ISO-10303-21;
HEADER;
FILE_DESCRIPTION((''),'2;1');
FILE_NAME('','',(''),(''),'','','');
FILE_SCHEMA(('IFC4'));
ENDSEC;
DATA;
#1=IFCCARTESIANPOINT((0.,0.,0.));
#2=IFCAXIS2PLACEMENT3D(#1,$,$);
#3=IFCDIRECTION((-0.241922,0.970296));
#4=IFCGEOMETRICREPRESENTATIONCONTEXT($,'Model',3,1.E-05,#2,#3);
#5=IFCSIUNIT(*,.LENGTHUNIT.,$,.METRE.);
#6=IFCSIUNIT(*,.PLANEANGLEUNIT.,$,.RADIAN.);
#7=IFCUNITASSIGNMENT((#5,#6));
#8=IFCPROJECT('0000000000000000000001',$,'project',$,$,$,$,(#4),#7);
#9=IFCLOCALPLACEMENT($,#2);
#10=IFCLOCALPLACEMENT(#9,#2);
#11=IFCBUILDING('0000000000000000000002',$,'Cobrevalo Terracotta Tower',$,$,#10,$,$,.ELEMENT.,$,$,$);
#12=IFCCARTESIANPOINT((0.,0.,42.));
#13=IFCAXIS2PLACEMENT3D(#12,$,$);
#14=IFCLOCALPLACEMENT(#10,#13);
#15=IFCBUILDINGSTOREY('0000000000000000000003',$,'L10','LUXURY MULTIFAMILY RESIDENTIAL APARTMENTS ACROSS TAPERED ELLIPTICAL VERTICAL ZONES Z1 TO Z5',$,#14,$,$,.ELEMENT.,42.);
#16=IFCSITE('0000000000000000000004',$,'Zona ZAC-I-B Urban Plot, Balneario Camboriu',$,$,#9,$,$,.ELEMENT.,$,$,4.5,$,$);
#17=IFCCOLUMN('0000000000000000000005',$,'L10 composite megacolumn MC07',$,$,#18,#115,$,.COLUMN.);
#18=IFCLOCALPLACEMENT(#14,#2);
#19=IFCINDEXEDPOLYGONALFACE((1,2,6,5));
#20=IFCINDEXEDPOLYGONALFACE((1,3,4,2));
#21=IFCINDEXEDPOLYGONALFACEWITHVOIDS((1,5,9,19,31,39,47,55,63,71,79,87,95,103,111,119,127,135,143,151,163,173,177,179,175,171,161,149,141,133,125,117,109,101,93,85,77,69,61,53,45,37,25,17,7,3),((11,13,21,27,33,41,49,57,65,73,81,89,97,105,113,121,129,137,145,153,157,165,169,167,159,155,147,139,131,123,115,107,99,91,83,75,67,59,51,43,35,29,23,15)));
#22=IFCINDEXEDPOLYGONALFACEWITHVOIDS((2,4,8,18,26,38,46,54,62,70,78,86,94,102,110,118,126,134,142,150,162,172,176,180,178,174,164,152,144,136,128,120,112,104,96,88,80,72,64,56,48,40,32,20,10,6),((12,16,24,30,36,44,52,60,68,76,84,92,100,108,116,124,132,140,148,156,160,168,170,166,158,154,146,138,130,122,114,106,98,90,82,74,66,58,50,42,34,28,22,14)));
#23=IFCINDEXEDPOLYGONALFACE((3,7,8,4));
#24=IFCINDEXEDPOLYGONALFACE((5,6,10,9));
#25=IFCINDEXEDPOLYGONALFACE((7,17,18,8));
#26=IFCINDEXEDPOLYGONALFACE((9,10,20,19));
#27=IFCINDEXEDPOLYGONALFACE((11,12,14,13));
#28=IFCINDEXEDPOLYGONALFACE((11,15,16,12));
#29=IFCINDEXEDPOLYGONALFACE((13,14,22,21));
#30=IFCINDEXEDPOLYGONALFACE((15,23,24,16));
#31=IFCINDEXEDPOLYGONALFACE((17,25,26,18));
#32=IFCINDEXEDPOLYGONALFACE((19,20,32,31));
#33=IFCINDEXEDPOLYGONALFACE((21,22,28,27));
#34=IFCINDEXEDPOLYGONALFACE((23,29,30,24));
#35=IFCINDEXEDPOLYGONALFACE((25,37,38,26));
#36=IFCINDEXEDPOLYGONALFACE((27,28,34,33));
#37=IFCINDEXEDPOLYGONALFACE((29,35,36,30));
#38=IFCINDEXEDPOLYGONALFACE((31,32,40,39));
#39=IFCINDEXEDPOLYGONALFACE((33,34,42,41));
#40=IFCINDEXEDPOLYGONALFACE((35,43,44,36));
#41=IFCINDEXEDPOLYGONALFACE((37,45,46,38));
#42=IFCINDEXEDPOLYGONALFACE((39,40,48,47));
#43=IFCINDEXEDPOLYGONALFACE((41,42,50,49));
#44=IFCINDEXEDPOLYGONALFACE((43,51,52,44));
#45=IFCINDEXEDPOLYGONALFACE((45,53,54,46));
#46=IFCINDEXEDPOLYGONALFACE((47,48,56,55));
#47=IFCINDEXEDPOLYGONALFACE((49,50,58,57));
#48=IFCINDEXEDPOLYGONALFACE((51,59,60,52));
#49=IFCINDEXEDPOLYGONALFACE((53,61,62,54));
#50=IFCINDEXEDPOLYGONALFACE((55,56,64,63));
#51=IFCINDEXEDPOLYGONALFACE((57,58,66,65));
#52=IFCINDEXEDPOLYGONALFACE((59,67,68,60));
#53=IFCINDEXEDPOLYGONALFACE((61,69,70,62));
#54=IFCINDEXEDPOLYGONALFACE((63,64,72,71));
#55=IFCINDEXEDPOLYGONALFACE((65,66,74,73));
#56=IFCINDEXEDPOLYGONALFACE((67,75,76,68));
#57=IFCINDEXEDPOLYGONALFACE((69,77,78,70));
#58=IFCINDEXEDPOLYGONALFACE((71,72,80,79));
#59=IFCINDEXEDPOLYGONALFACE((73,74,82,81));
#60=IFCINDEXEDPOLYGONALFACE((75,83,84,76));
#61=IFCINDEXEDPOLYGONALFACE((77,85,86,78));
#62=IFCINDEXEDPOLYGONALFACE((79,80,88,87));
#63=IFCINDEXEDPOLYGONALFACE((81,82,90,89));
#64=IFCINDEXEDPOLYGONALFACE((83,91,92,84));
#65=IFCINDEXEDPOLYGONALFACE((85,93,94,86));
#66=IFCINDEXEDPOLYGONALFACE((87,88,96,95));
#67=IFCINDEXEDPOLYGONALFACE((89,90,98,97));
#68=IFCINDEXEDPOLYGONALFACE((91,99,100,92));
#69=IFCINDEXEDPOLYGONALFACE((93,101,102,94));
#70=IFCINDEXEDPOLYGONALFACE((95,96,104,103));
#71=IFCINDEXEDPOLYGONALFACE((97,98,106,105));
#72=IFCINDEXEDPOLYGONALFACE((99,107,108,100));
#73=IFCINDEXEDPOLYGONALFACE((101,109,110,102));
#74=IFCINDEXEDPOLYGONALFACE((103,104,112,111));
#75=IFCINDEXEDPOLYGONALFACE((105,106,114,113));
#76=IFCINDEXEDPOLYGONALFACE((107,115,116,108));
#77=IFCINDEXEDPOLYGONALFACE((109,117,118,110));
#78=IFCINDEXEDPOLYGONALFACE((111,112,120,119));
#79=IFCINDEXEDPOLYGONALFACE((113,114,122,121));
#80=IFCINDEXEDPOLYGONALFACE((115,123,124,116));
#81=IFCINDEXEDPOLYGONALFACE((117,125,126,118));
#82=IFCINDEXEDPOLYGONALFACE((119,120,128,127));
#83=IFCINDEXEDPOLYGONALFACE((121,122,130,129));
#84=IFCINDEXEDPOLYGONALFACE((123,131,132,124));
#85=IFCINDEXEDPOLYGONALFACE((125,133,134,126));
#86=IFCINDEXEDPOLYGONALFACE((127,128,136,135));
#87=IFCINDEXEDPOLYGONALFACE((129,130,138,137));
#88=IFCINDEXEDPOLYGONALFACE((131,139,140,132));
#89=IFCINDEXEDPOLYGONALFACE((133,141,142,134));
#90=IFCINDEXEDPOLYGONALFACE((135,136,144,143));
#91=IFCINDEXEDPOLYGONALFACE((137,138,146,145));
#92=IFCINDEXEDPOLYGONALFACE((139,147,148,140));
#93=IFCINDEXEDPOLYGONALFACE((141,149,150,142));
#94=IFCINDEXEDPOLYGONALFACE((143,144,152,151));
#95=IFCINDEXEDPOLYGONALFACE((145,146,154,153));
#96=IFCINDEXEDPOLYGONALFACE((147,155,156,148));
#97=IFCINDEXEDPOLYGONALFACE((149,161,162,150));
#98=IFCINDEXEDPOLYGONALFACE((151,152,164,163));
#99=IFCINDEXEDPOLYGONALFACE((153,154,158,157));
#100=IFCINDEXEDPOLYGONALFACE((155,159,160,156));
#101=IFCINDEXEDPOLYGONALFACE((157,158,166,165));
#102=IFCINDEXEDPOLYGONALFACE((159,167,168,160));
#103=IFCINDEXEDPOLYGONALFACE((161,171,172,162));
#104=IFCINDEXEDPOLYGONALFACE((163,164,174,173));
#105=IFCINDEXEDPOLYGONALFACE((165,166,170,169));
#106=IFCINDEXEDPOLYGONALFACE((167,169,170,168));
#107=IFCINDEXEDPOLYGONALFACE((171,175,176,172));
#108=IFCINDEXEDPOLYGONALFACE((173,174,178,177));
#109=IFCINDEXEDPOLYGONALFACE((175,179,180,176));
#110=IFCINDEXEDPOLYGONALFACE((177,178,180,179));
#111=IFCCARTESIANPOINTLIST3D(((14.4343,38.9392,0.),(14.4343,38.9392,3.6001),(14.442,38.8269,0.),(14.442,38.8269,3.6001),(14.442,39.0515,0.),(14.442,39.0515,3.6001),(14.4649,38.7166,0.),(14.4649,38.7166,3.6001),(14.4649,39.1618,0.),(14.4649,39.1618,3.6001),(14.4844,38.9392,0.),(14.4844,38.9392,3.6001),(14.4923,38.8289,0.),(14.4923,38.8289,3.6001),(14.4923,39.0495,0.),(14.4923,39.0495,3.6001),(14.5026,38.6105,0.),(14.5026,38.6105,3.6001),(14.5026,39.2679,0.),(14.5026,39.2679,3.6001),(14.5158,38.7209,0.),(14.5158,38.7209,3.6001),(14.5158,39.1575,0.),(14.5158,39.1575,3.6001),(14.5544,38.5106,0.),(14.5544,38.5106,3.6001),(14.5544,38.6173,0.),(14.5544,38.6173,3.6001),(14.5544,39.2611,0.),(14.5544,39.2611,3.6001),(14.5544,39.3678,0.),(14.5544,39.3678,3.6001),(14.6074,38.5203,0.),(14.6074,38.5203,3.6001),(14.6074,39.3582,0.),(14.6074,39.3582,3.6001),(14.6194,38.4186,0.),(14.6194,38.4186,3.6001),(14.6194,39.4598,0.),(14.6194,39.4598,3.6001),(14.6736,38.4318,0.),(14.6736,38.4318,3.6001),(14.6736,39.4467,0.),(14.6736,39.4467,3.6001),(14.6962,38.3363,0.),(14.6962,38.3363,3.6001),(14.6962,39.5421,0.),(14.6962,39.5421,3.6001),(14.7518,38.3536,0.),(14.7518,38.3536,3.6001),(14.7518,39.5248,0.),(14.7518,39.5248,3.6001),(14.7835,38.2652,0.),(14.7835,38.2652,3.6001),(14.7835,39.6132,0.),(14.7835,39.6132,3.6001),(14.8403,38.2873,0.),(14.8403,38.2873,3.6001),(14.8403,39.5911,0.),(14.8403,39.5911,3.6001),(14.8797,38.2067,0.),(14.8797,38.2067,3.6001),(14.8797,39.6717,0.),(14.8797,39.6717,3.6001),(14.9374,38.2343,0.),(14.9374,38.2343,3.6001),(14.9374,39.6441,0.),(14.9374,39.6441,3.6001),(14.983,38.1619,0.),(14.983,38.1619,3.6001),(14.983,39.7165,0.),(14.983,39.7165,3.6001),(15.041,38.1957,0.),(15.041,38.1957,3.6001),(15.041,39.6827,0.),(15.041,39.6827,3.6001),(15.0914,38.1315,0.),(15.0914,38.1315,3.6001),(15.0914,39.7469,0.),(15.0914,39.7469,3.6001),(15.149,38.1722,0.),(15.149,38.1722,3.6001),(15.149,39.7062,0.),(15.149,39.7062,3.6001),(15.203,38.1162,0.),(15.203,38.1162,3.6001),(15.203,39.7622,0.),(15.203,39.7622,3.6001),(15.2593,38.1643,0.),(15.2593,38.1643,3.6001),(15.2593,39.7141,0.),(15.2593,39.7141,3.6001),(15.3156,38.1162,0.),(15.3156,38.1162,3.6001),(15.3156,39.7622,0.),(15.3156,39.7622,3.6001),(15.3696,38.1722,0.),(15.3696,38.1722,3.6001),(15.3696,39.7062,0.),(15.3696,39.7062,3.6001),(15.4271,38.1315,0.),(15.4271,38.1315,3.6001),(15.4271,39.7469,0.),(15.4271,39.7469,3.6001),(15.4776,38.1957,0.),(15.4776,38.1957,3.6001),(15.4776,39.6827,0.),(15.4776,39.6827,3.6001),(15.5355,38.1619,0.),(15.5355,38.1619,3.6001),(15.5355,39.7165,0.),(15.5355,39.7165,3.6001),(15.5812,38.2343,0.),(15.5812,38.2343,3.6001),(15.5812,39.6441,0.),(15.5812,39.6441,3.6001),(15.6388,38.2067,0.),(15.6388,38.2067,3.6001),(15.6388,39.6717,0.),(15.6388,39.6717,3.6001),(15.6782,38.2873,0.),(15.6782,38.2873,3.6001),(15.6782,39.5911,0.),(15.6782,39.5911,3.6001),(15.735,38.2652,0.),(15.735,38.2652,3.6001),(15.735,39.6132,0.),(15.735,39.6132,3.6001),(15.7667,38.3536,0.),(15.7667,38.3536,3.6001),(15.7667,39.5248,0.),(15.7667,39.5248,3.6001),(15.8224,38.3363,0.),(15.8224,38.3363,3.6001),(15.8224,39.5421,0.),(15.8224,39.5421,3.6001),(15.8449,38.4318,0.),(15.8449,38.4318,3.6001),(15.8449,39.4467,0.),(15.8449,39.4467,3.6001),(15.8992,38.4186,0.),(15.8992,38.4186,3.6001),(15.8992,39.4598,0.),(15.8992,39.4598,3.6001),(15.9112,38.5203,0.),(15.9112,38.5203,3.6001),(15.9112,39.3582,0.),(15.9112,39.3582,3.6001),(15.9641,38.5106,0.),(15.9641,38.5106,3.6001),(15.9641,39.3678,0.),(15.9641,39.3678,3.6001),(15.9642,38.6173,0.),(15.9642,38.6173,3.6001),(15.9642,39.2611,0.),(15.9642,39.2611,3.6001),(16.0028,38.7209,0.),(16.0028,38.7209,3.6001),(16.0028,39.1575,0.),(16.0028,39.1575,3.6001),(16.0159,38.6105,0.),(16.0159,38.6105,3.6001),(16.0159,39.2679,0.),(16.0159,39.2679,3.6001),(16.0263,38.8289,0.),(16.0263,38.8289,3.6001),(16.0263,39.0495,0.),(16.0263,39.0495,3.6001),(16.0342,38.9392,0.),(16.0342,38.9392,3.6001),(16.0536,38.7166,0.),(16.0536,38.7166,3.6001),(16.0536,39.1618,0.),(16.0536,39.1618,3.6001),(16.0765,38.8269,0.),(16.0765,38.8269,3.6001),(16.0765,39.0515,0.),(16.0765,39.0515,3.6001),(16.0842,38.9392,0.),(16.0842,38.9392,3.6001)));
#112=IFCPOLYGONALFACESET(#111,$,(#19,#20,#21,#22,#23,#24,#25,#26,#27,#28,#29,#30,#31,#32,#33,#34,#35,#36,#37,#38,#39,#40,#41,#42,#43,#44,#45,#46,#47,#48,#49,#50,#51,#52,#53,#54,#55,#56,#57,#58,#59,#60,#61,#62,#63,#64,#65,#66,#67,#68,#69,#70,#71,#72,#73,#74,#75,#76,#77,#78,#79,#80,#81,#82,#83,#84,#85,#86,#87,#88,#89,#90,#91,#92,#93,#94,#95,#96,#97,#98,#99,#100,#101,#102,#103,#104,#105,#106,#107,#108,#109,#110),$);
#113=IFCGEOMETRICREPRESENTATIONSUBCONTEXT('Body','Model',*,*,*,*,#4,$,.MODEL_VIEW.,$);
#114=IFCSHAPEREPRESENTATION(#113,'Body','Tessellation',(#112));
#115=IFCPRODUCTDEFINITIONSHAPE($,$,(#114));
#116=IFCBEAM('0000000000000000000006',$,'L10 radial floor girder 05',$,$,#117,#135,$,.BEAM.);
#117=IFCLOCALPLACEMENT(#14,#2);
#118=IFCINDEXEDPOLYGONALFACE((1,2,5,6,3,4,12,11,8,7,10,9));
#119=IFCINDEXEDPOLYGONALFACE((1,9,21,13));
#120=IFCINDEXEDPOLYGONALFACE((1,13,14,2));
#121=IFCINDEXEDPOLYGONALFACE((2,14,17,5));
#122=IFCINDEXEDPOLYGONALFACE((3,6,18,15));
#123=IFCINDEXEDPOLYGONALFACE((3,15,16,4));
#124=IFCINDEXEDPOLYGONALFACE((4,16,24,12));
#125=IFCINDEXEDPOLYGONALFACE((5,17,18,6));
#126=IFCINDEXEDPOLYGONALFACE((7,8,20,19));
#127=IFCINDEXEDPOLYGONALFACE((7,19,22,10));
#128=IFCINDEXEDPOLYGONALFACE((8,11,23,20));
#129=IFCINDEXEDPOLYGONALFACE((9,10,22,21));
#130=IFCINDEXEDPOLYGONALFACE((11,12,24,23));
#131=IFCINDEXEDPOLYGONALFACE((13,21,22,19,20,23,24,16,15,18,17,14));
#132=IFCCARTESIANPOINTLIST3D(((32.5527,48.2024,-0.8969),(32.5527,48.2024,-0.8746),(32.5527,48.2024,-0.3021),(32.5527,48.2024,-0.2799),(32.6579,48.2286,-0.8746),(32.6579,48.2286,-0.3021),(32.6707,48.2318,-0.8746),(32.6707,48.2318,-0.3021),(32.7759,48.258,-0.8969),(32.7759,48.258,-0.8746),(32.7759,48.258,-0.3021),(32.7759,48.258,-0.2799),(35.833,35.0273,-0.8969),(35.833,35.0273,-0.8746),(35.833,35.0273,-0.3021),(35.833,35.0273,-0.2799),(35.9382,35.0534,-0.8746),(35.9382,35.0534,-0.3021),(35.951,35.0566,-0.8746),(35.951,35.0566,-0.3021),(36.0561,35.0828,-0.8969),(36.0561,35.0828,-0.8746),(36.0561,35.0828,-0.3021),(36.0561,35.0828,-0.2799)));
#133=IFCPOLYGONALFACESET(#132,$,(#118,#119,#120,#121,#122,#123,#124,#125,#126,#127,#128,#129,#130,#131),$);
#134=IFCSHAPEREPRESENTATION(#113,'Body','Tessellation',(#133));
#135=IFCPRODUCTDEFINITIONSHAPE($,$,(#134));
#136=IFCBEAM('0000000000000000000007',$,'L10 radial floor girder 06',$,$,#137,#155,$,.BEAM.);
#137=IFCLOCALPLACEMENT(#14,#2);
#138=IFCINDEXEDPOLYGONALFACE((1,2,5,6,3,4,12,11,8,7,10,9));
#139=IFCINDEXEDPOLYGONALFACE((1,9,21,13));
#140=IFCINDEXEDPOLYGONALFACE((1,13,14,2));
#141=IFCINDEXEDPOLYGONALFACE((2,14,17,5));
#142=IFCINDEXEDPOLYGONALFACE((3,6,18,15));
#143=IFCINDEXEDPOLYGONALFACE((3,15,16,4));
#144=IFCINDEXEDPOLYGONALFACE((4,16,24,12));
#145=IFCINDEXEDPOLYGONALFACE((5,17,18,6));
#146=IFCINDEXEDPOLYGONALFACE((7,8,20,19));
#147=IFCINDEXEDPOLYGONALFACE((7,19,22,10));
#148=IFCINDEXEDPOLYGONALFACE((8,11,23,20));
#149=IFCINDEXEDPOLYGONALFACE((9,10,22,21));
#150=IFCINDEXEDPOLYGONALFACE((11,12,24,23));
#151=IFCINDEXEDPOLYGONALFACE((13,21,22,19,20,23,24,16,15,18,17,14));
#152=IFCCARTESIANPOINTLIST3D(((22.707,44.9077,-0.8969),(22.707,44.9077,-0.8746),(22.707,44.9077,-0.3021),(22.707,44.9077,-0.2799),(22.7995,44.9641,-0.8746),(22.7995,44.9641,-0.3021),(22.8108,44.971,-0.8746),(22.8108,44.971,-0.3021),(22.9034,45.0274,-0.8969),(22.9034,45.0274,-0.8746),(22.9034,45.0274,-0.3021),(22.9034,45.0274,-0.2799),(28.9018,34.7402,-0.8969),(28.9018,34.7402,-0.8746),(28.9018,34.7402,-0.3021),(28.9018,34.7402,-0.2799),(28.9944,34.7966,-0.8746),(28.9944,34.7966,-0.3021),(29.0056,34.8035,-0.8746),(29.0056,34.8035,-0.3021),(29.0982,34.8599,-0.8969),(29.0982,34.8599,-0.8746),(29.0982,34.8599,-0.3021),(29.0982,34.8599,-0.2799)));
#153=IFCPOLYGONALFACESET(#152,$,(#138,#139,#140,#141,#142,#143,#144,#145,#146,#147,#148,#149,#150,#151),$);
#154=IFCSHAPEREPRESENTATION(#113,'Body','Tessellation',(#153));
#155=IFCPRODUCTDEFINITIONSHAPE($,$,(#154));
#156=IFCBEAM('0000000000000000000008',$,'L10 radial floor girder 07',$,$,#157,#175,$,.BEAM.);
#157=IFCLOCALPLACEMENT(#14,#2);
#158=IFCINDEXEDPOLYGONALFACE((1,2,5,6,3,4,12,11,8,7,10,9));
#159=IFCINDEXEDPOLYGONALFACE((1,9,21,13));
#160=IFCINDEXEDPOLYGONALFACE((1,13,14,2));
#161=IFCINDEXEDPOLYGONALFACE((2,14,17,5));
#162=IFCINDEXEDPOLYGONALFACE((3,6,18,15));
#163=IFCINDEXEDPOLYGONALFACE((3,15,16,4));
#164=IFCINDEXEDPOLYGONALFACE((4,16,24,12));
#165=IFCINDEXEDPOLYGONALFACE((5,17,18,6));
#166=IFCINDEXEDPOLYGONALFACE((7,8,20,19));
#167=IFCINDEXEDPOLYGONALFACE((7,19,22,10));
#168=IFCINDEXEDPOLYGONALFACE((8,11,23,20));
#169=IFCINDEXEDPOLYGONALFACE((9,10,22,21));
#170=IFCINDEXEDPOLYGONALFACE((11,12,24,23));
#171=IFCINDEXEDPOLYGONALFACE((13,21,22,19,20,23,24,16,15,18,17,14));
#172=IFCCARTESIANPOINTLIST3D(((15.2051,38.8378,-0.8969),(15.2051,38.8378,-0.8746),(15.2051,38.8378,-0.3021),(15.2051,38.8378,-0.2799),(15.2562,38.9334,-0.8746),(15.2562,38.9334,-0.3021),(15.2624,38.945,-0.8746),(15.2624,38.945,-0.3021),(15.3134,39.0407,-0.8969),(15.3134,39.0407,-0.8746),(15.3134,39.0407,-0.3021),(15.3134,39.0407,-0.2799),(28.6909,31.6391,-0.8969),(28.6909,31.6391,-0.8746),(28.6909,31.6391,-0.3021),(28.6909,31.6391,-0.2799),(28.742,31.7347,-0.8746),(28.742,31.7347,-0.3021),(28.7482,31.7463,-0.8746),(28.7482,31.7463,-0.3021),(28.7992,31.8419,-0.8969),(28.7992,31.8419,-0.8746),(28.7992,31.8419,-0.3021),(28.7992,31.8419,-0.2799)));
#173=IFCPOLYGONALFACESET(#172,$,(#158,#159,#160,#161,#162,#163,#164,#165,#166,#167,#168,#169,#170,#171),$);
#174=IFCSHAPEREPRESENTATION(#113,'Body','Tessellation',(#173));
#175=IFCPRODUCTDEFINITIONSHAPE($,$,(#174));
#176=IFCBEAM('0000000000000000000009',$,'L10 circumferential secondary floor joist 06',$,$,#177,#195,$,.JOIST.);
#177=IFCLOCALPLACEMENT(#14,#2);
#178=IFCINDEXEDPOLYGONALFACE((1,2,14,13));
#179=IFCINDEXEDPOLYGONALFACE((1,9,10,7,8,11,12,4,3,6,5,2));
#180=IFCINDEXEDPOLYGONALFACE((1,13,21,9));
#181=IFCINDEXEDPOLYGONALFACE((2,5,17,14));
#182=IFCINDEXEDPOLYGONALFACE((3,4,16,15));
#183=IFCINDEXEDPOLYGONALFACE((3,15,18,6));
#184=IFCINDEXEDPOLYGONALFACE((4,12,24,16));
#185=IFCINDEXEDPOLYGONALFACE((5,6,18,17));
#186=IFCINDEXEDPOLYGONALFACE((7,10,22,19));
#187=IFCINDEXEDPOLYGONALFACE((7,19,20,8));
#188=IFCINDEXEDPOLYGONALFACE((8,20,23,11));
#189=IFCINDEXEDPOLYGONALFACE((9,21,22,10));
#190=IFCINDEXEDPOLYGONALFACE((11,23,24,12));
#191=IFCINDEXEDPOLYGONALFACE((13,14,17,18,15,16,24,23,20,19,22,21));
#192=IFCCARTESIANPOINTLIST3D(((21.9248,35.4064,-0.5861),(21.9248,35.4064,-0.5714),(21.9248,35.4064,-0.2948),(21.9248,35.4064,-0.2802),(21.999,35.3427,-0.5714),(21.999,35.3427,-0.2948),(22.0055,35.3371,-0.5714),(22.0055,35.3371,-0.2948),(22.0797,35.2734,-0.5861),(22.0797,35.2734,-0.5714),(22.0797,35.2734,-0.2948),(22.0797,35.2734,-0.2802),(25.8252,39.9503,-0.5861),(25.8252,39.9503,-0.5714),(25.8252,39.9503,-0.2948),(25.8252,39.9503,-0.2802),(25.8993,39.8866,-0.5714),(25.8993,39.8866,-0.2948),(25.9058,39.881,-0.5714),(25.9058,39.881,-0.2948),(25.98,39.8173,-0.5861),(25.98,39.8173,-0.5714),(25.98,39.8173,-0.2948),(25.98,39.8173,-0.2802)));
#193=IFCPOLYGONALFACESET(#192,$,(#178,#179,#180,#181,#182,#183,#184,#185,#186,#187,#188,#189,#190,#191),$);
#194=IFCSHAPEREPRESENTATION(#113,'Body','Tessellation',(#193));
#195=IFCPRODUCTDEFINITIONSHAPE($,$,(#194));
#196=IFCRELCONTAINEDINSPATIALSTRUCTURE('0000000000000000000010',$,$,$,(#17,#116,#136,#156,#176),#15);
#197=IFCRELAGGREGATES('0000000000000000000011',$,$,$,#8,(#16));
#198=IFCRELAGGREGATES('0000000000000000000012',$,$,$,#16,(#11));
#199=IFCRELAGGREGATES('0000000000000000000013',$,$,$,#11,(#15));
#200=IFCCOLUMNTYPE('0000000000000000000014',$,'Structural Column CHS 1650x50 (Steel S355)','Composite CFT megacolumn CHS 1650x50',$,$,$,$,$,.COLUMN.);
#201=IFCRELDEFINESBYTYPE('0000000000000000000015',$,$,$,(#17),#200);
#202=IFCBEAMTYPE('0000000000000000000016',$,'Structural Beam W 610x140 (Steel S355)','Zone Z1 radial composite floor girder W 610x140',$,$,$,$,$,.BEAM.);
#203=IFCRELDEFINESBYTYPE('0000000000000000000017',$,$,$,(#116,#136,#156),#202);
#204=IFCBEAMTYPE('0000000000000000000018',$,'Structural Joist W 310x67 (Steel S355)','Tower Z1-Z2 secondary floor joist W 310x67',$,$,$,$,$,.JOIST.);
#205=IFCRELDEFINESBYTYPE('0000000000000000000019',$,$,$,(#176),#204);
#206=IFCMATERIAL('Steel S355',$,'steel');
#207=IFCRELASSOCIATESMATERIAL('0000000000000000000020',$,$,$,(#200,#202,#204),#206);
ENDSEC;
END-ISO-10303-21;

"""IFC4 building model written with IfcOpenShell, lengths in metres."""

from ifc_helpers import new_model, si_unit, direction, frame, origin, origin_2d, place, context, subcontext, project, spatial, hollow_circle, i_section, extrude, material, material_profile, profile_set, type_object, element, save


model = new_model("IFC4")

# Units and contexts
model_context = context("Model", 3, precision=1e-05, world=origin(), true_north=direction((-0.241922, 0.970296)))
body_context = subcontext(model_context, "Body", "Model", "MODEL_VIEW")
ifc_project = project(units=[si_unit("LENGTHUNIT", "METRE"), si_unit("PLANEANGLEUNIT", "RADIAN")], contexts=[model_context])

# Site, building, storey
site_placement = place(None, origin())
site = spatial("IfcSite", under=ifc_project, at=site_placement, Name="Zona ZAC-I-B Urban Plot, Balneario Camboriu", CompositionType="ELEMENT", RefElevation=4.5)
building_placement = place(site_placement, origin())
building = spatial("IfcBuilding", under=site, at=building_placement, Name="Cobrevalo Terracotta Tower", CompositionType="ELEMENT")
storey_placement = place(building_placement, frame((0.0, 0.0, 42.0)))
storey = spatial("IfcBuildingStorey", under=building, at=storey_placement, Name="L10", Description="LUXURY MULTIFAMILY RESIDENTIAL APARTMENTS ACROSS TAPERED ELLIPTICAL VERTICAL ZONES Z1 TO Z5", CompositionType="ELEMENT", Elevation=42.0)

# Column
ifc_material_1 = material(Name="Steel S355", Category="steel")
ifc_material_profile_1 = material_profile(ifc_material_1, hollow_circle(Radius=0.825, WallThickness=0.05, at=origin_2d()), Name="CHS 1650x50")
ifc_profile_set_1 = profile_set([ifc_material_profile_1], Name="Steel S355")
column_type = type_object("IfcColumnType", Name="Structural Column CHS 1650x50 (Steel S355)", Description="Composite CFT megacolumn CHS 1650x50", PredefinedType="COLUMN", material=ifc_profile_set_1)
for number, where, z_axis, x_axis, name in (
    (1, (15.2593, 38.9392, 0.0), (0.0, 0.0, 1.0), (1.0, 0.0, 0.0), "L10 composite megacolumn MC07"),
):
    element("IfcColumn", number, at=place(storey_placement, frame(where, z_axis=z_axis, x_axis=x_axis)), inside=storey, type_object=column_type, Name=name, PredefinedType="COLUMN", context=body_context, shape_type="SweptSolid", body=[
        extrude(hollow_circle(Radius=0.825, WallThickness=0.05, at=origin_2d()), origin(), (0.0, 0.0, 1.0), 3.6001),
    ])

# Beams
ifc_material_profile_2 = material_profile(ifc_material_1, i_section(OverallWidth=0.23, OverallDepth=0.6169, WebThickness=0.0132, FlangeThickness=0.0222, at=origin_2d()), Name="W 610x140")
ifc_profile_set_2 = profile_set([ifc_material_profile_2], Name="Steel S355")
beam_type_1 = type_object("IfcBeamType", Name="Structural Beam W 610x140 (Steel S355)", Description="Zone Z1 radial composite floor girder W 610x140", PredefinedType="BEAM", material=ifc_profile_set_2)
beam_1_placement = place(storey_placement, frame((32.6643, 48.2302, -0.5884), z_axis=(0.241596, -0.970377, 0.0), x_axis=(0.970377, 0.241596, 0.0)))
element("IfcBeam", 2, at=beam_1_placement, inside=storey, type_object=beam_type_1, Name="L10 radial floor girder 05", PredefinedType="BEAM", context=body_context, shape_type="SweptSolid", body=[
    extrude(i_section(OverallWidth=0.23, OverallDepth=0.6169, WebThickness=0.0132, FlangeThickness=0.0222, at=origin_2d()), origin(), (0.0, 0.0, 1.0), 13.5774),
])
beam_2_placement = place(storey_placement, frame((22.8052, 44.9675, -0.5884), z_axis=(0.52031, -0.853978, 0.0), x_axis=(0.853978, 0.52031, 0.0)))
element("IfcBeam", 3, at=beam_2_placement, inside=storey, type_object=beam_type_1, Name="L10 radial floor girder 06", PredefinedType="BEAM", context=body_context, shape_type="SweptSolid", body=[
    extrude(i_section(OverallWidth=0.23, OverallDepth=0.6169, WebThickness=0.0132, FlangeThickness=0.0222, at=origin_2d()), origin(), (0.0, 0.0, 1.0), 11.906),
])
beam_3_placement = place(storey_placement, frame((15.2593, 38.9392, -0.5884), z_axis=(0.882182, -0.470908, 0.0), x_axis=(0.470908, 0.882182, 0.0)))
element("IfcBeam", 4, at=beam_3_placement, inside=storey, type_object=beam_type_1, Name="L10 radial floor girder 07", PredefinedType="BEAM", context=body_context, shape_type="SweptSolid", body=[
    extrude(i_section(OverallWidth=0.23, OverallDepth=0.6169, WebThickness=0.0132, FlangeThickness=0.0222, at=origin_2d()), origin(), (0.0, 0.0, 1.0), 15.2869),
])
ifc_material_profile_3 = material_profile(ifc_material_1, i_section(OverallWidth=0.2041, OverallDepth=0.3059, WebThickness=0.0085, FlangeThickness=0.0146, at=origin_2d()), Name="W 310x67")
ifc_profile_set_3 = profile_set([ifc_material_profile_3], Name="Steel S355")
beam_type_2 = type_object("IfcBeamType", Name="Structural Joist W 310x67 (Steel S355)", Description="Tower Z1-Z2 secondary floor joist W 310x67", PredefinedType="JOIST", material=ifc_profile_set_3)
beam_4_placement = place(storey_placement, frame((25.9026, 39.8838, -0.4331), z_axis=(-0.651328, -0.758796, 0.0), x_axis=(0.758796, -0.651328, 0.0)))
element("IfcBeam", 5, at=beam_4_placement, inside=storey, type_object=beam_type_2, Name="L10 circumferential secondary floor joist 06", PredefinedType="JOIST", context=body_context, shape_type="SweptSolid", body=[
    extrude(i_section(OverallWidth=0.2041, OverallDepth=0.3059, WebThickness=0.0085, FlangeThickness=0.0146, at=origin_2d()), origin(), (0.0, 0.0, 1.0), 5.9883),
])

save(model, "model.ifc")
